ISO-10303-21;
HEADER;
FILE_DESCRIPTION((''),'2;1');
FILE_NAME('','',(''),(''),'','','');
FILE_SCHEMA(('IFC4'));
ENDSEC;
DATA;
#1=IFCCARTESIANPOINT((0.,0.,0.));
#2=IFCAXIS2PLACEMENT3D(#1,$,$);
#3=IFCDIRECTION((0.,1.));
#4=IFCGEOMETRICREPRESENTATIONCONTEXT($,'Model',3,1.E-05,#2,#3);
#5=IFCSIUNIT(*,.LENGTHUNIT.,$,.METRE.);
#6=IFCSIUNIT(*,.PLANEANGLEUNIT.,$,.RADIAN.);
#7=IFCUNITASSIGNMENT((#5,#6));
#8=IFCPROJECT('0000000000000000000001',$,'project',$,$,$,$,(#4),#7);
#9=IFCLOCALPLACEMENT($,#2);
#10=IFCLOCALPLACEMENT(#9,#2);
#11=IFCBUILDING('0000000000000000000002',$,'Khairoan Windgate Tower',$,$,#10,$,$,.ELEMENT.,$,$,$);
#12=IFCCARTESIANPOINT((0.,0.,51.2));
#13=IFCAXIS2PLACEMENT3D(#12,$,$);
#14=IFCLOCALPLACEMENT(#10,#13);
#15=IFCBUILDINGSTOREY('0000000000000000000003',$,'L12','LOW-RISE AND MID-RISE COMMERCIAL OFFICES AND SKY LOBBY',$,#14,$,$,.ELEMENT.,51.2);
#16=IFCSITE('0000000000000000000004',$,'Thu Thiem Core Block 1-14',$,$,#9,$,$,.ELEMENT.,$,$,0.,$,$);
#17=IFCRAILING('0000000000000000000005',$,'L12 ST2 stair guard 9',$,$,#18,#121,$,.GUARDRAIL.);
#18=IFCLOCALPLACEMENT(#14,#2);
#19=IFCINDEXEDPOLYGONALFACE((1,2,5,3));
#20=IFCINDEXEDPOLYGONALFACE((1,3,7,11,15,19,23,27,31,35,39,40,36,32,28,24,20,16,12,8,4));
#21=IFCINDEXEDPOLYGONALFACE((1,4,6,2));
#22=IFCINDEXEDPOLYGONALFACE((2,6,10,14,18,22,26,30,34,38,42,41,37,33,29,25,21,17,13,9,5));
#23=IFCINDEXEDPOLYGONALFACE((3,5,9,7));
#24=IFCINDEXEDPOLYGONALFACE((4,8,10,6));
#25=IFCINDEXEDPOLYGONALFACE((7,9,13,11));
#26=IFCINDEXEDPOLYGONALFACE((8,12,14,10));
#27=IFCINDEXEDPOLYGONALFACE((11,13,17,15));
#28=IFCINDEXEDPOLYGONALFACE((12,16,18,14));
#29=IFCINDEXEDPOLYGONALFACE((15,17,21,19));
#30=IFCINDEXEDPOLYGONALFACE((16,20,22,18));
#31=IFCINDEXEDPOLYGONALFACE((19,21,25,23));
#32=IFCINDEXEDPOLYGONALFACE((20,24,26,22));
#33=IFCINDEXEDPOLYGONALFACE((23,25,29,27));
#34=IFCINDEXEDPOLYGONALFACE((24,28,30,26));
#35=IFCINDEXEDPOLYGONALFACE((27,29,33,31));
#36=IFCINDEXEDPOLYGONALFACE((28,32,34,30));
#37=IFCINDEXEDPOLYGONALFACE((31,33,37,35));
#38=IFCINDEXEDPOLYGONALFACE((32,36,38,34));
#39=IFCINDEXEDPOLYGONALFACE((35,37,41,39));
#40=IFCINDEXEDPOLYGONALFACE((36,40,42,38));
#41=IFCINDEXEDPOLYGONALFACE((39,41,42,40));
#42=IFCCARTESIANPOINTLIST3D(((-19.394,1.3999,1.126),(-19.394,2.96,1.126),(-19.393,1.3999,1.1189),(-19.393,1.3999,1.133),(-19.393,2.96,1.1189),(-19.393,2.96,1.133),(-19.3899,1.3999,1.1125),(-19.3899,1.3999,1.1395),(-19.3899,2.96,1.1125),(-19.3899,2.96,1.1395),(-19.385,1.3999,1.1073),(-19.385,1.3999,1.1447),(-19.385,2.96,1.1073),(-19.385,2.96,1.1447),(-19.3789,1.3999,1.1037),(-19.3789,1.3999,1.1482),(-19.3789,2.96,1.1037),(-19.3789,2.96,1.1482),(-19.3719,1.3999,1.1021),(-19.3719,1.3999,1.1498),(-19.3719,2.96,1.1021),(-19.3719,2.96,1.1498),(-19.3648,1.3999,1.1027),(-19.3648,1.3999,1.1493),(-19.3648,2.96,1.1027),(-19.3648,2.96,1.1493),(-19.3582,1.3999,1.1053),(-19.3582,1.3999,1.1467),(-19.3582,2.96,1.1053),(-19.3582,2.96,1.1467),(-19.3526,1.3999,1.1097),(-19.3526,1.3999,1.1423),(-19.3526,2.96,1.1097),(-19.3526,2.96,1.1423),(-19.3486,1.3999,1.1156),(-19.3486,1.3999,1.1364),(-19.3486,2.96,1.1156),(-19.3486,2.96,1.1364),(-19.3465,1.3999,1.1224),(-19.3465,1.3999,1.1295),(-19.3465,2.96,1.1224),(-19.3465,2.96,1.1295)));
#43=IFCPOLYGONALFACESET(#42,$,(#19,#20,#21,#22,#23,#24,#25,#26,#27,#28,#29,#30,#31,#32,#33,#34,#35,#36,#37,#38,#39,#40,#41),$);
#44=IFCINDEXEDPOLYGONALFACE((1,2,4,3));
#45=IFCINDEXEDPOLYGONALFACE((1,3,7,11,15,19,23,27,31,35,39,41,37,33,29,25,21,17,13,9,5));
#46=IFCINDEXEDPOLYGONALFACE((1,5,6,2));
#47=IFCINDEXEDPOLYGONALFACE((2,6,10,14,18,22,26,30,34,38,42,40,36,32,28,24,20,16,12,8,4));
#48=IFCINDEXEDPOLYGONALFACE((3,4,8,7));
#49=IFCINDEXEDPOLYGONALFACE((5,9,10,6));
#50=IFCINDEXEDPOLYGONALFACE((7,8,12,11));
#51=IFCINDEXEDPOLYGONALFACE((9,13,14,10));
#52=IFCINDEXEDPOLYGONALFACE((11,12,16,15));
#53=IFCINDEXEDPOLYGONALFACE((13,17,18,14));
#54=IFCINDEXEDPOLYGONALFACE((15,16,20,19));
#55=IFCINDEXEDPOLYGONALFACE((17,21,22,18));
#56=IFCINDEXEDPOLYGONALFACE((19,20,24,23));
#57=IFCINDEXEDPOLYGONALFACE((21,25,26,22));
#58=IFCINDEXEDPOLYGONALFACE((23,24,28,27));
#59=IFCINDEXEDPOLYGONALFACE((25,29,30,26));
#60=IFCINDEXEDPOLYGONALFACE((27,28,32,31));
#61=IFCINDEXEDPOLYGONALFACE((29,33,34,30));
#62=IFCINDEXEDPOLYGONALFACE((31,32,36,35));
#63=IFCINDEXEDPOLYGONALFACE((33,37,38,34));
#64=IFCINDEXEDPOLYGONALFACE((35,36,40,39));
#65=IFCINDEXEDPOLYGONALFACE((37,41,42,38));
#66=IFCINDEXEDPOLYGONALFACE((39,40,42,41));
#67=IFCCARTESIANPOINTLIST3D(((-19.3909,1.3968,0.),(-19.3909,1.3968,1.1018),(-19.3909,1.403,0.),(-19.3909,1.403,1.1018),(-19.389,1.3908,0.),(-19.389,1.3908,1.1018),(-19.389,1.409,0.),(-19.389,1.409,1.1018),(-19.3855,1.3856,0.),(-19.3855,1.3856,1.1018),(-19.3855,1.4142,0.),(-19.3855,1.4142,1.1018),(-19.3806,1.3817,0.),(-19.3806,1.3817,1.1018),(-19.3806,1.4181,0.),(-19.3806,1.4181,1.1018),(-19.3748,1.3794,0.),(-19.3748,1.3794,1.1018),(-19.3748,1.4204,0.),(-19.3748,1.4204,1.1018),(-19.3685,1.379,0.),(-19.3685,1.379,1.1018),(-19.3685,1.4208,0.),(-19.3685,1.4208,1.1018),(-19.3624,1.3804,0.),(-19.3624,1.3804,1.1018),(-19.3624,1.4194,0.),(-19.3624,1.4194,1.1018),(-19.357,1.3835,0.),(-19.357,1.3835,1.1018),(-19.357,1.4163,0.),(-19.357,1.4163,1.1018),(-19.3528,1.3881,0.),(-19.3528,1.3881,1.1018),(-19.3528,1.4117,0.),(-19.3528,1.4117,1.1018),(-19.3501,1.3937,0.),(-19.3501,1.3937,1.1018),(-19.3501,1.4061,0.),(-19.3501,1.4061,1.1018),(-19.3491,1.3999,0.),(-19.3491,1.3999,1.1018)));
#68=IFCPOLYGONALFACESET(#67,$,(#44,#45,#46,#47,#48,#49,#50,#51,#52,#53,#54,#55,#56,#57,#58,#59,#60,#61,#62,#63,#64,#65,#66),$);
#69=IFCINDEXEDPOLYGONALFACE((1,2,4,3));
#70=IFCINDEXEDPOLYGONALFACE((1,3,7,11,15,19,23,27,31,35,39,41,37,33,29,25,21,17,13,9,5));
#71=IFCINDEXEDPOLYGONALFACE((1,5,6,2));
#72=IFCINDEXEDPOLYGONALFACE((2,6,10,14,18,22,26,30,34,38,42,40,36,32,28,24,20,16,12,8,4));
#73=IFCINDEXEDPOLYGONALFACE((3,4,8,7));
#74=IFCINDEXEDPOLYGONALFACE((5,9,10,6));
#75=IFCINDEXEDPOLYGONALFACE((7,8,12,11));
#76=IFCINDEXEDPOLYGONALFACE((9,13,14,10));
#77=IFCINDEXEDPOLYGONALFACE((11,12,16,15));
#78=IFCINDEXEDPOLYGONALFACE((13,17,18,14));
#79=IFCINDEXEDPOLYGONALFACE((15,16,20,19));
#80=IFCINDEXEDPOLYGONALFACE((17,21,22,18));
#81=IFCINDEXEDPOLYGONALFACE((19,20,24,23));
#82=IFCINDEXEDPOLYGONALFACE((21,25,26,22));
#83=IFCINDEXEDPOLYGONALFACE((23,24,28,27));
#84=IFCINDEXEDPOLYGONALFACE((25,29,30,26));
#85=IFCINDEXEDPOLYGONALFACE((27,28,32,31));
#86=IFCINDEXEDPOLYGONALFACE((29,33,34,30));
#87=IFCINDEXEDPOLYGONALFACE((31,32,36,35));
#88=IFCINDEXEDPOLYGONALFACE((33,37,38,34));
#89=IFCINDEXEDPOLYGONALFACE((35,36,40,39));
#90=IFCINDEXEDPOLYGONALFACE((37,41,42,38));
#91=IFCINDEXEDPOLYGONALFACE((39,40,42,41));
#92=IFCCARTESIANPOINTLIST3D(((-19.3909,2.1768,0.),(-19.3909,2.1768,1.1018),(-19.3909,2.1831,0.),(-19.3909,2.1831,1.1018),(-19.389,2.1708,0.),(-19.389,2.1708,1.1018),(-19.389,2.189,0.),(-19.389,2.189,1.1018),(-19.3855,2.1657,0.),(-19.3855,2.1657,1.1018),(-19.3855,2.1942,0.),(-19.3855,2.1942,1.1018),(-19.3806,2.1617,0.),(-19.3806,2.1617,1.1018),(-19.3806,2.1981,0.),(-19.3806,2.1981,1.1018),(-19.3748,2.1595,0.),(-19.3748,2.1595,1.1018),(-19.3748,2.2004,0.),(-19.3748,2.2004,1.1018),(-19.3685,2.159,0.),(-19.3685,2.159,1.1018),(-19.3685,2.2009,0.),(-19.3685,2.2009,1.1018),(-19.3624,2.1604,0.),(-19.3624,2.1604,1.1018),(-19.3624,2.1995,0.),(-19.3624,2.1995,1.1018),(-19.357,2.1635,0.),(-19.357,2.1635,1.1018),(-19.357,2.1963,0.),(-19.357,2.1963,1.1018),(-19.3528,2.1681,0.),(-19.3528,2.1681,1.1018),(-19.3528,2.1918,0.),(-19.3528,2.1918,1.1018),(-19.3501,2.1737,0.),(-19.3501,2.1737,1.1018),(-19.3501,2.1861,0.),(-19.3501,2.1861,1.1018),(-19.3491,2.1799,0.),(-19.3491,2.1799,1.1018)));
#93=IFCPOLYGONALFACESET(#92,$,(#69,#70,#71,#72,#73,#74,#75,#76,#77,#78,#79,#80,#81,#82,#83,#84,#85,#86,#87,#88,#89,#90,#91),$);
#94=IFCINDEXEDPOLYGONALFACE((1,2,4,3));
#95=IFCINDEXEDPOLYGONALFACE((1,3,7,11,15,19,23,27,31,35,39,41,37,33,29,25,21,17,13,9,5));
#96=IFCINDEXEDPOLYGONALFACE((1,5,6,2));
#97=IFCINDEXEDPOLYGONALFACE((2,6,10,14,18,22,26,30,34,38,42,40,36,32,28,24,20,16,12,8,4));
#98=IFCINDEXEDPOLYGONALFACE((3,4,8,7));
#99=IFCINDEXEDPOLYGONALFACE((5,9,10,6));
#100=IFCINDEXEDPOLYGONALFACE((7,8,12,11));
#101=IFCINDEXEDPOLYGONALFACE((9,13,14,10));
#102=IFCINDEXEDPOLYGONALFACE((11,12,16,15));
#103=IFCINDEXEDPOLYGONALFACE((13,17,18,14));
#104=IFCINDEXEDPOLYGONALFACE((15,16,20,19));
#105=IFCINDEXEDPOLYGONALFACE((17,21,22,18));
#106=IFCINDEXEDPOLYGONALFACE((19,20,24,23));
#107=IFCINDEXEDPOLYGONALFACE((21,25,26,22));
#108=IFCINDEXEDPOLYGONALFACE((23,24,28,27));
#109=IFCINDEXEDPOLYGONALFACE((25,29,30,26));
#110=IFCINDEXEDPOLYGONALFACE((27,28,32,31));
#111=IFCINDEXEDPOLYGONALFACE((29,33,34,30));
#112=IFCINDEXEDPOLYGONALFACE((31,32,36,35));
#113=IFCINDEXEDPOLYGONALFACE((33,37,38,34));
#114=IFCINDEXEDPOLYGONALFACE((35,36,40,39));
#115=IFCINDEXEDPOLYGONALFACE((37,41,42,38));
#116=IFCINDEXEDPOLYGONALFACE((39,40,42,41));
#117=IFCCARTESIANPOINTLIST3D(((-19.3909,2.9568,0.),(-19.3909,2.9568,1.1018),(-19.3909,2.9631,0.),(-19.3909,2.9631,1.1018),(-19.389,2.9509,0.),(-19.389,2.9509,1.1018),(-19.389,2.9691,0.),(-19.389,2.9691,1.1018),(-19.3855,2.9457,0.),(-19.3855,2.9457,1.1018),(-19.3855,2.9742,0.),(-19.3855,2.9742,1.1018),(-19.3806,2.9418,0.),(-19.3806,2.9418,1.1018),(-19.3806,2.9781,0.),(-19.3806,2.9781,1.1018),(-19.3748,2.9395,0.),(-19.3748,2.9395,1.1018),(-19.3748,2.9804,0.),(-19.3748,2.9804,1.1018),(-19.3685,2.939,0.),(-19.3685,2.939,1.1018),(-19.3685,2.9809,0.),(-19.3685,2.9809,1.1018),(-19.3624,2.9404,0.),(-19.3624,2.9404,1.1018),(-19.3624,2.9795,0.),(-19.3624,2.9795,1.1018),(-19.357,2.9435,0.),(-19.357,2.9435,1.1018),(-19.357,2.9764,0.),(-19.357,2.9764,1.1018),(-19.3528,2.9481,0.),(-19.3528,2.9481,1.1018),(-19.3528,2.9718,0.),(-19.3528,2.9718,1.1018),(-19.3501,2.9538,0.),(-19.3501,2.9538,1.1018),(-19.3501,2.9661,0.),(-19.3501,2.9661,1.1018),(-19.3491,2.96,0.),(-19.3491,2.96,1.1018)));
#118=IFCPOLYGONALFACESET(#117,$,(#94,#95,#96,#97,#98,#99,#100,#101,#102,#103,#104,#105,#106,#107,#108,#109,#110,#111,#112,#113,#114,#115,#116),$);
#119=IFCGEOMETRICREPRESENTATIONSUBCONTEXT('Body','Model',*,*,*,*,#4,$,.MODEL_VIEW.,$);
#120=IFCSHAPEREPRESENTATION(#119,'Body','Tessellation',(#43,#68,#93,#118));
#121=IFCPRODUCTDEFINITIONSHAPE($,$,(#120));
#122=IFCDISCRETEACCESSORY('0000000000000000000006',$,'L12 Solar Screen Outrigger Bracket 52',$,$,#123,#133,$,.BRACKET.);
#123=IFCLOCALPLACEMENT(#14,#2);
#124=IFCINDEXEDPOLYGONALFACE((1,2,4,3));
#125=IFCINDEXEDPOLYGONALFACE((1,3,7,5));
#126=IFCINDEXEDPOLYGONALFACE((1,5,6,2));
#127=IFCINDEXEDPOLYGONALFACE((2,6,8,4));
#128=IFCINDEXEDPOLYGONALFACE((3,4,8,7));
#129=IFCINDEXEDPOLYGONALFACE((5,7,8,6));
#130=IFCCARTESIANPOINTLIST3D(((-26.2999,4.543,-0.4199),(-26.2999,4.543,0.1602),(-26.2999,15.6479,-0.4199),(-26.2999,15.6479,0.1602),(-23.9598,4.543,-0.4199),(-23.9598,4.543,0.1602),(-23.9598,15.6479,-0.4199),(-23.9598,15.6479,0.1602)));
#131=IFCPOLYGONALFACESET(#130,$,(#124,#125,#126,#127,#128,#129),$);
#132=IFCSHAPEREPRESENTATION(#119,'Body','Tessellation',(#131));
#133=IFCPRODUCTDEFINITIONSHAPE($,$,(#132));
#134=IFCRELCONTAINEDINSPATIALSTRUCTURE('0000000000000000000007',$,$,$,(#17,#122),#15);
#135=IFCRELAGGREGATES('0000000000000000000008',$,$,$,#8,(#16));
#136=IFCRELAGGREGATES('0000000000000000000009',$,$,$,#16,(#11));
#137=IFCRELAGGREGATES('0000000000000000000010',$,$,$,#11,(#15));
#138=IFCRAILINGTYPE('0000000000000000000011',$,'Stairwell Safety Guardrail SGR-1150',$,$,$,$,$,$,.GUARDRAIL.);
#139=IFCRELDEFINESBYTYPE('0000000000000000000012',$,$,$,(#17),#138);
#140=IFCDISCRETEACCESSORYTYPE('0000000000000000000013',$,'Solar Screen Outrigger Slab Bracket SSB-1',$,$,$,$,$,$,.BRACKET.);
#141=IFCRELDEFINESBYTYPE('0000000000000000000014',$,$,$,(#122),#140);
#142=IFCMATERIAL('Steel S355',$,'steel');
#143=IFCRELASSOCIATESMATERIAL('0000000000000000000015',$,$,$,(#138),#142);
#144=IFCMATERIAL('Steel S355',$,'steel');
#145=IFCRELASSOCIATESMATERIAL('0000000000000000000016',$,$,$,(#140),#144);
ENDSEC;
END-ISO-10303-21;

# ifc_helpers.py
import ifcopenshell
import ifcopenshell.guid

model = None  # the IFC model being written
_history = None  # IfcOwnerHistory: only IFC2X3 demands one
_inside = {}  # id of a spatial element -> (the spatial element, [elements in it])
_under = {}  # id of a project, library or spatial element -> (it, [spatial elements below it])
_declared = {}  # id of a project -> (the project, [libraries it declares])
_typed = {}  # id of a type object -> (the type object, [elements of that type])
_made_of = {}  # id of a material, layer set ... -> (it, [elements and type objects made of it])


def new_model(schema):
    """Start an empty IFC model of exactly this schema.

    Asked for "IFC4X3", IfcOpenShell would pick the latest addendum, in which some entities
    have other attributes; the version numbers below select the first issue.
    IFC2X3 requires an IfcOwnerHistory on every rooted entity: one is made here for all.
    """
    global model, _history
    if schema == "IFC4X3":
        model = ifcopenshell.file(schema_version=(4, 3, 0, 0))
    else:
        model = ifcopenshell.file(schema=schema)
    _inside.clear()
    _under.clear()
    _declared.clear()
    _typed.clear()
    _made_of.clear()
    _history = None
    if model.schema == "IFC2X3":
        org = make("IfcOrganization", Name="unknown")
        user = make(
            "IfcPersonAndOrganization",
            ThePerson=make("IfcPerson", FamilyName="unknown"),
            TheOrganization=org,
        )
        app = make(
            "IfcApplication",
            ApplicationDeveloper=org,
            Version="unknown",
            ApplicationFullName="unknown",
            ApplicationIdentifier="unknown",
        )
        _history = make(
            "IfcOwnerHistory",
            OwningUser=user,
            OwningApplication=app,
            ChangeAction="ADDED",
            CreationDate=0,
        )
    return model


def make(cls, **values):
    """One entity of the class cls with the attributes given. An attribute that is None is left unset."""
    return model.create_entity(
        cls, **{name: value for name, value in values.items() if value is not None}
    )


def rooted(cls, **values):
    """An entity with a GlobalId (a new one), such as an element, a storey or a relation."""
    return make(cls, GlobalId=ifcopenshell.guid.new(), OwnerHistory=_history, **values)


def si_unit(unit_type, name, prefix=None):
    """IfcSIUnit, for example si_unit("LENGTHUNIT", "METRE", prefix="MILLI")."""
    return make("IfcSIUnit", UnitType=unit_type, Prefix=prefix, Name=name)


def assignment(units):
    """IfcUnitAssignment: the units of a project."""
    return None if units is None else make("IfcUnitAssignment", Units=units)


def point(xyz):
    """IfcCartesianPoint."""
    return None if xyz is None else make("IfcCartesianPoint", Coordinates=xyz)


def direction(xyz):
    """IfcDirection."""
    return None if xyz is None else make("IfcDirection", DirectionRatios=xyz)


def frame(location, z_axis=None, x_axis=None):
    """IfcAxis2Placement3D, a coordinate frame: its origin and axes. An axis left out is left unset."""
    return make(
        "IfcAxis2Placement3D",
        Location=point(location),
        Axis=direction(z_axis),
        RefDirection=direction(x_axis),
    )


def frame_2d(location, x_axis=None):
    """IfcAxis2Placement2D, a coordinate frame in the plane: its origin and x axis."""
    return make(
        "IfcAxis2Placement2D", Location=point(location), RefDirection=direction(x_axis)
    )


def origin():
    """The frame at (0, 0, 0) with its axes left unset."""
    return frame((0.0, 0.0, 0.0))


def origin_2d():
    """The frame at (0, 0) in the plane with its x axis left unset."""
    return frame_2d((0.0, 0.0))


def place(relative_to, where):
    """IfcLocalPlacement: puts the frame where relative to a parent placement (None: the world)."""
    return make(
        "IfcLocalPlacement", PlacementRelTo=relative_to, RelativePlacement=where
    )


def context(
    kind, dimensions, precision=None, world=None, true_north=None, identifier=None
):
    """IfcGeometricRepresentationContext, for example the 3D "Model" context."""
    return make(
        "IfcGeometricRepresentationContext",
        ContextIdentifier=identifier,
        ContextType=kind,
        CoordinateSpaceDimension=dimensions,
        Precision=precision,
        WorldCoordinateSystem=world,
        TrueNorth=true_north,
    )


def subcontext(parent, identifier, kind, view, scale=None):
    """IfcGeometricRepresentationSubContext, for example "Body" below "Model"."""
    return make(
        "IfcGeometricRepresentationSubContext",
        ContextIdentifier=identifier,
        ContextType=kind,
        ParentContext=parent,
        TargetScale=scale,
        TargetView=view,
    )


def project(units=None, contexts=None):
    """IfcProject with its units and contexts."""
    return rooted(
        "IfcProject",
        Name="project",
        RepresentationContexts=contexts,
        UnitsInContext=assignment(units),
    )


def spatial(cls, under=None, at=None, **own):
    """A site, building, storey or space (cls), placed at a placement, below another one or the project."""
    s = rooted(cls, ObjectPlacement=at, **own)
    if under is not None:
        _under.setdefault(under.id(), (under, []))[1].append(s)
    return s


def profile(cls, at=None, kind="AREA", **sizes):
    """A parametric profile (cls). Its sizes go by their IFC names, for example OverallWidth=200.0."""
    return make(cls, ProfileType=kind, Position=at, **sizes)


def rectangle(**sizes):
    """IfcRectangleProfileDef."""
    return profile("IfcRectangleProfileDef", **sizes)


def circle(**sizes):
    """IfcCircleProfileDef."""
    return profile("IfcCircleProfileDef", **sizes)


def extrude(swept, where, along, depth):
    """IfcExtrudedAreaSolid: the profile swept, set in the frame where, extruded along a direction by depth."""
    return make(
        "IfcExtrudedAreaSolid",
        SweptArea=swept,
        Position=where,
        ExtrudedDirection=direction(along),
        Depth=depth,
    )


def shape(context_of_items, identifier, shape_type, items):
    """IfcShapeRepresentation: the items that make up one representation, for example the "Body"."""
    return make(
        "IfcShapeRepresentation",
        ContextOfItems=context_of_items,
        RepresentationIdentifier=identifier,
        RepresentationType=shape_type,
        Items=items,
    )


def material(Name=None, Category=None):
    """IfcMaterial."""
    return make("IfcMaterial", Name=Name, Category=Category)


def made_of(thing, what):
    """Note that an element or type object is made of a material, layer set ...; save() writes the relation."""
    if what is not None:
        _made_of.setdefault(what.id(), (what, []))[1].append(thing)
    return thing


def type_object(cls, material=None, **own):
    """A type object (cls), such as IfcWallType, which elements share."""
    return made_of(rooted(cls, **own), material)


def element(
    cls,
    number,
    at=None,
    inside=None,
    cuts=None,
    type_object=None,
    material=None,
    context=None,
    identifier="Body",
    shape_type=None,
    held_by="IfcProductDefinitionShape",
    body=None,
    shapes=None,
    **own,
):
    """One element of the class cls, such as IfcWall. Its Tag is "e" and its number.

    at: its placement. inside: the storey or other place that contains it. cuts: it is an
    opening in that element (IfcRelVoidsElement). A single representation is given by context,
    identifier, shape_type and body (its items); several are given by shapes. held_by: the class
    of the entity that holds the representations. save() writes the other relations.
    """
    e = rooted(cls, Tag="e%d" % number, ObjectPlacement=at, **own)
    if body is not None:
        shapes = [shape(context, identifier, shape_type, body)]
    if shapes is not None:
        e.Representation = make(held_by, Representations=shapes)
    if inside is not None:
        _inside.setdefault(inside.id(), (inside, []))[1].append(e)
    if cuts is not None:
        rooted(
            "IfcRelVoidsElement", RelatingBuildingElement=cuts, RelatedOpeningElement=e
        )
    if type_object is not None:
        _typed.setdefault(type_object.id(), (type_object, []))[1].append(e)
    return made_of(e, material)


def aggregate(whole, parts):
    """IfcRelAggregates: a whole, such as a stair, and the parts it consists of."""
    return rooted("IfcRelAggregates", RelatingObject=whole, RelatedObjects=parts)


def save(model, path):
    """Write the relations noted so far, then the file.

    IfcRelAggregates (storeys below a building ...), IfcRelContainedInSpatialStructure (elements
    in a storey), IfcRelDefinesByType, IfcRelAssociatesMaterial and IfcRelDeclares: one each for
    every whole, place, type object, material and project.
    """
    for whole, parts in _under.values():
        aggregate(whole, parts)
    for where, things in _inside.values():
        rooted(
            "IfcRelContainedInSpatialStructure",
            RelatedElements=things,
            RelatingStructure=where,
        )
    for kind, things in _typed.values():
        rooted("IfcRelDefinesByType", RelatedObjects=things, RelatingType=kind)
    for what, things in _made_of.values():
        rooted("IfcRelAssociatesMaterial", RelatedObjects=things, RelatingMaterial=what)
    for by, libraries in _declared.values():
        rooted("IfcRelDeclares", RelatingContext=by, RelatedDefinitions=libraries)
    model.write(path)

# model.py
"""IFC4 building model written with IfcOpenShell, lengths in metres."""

from ifc_helpers import new_model, si_unit, direction, frame, origin, origin_2d, place, context, subcontext, project, spatial, rectangle, circle, extrude, material, type_object, element, save


model = new_model("IFC4")

# Units and contexts
model_context = context("Model", 3, precision=1e-05, world=origin(), true_north=direction((0.0, 1.0)))
body_context = subcontext(model_context, "Body", "Model", "MODEL_VIEW")
ifc_project = project(units=[si_unit("LENGTHUNIT", "METRE"), si_unit("PLANEANGLEUNIT", "RADIAN")], contexts=[model_context])

# Site, building, storey
site_placement = place(None, origin())
site = spatial("IfcSite", under=ifc_project, at=site_placement, Name="Thu Thiem Core Block 1-14", CompositionType="ELEMENT", RefElevation=0.0)
building_placement = place(site_placement, origin())
building = spatial("IfcBuilding", under=site, at=building_placement, Name="Khairoan Windgate Tower", CompositionType="ELEMENT")
storey_placement = place(building_placement, frame((0.0, 0.0, 51.2)))
storey = spatial("IfcBuildingStorey", under=building, at=storey_placement, Name="L12", Description="LOW-RISE AND MID-RISE COMMERCIAL OFFICES AND SKY LOBBY", CompositionType="ELEMENT", Elevation=51.2)

# Railing
ifc_material_1 = material(Name="Steel S355", Category="steel")
railing_type_1 = type_object("IfcRailingType", Name="Stairwell Safety Guardrail SGR-1150", PredefinedType="GUARDRAIL", material=ifc_material_1)
for number, where, name in (
    (1, (-19.3701, 1.3999, 0.0), "L12 ST2 stair guard 9"),
):
    element("IfcRailing", number, at=place(storey_placement, frame(where)), inside=storey, type_object=railing_type_1, Name=name, PredefinedType="GUARDRAIL", context=body_context, shape_type="SweptSolid", body=[
        extrude(circle(Radius=0.0239, at=origin_2d()), frame((0.0, 0.0, 1.126), z_axis=(0.0, 1.0, 0.0), x_axis=(-1.0, 0.0, 0.0)), (0.0, 0.0, 1.0), 1.5601),
        extrude(circle(Radius=0.021, at=origin_2d()), origin(), (0.0, 0.0, 1.0), 1.1018),
        extrude(circle(Radius=0.021, at=origin_2d()), frame((0.0, 0.78, 0.0)), (0.0, 0.0, 1.0), 1.1018),
        extrude(circle(Radius=0.021, at=origin_2d()), frame((0.0, 1.5601, 0.0)), (0.0, 0.0, 1.0), 1.1018),
    ])

# Discrete accessory
ifc_material_2 = material(Name="Steel S355", Category="steel")
discrete_accessory_type = type_object("IfcDiscreteAccessoryType", Name="Solar Screen Outrigger Slab Bracket SSB-1", PredefinedType="BRACKET", material=ifc_material_2)
discrete_accessory_placement = place(storey_placement, frame((-25.1299, 10.0955, -0.4199), z_axis=(0.0, 0.0, 1.0), x_axis=(0.0, 1.0, 0.0)))
element("IfcDiscreteAccessory", 2, at=discrete_accessory_placement, inside=storey, type_object=discrete_accessory_type, Name="L12 Solar Screen Outrigger Bracket 52", PredefinedType="BRACKET", context=body_context, shape_type="SweptSolid", body=[
    extrude(rectangle(XDim=11.105, YDim=2.3401, at=origin_2d()), origin(), (0.0, 0.0, 1.0), 0.5801),
])

save(model, "model.ifc")
